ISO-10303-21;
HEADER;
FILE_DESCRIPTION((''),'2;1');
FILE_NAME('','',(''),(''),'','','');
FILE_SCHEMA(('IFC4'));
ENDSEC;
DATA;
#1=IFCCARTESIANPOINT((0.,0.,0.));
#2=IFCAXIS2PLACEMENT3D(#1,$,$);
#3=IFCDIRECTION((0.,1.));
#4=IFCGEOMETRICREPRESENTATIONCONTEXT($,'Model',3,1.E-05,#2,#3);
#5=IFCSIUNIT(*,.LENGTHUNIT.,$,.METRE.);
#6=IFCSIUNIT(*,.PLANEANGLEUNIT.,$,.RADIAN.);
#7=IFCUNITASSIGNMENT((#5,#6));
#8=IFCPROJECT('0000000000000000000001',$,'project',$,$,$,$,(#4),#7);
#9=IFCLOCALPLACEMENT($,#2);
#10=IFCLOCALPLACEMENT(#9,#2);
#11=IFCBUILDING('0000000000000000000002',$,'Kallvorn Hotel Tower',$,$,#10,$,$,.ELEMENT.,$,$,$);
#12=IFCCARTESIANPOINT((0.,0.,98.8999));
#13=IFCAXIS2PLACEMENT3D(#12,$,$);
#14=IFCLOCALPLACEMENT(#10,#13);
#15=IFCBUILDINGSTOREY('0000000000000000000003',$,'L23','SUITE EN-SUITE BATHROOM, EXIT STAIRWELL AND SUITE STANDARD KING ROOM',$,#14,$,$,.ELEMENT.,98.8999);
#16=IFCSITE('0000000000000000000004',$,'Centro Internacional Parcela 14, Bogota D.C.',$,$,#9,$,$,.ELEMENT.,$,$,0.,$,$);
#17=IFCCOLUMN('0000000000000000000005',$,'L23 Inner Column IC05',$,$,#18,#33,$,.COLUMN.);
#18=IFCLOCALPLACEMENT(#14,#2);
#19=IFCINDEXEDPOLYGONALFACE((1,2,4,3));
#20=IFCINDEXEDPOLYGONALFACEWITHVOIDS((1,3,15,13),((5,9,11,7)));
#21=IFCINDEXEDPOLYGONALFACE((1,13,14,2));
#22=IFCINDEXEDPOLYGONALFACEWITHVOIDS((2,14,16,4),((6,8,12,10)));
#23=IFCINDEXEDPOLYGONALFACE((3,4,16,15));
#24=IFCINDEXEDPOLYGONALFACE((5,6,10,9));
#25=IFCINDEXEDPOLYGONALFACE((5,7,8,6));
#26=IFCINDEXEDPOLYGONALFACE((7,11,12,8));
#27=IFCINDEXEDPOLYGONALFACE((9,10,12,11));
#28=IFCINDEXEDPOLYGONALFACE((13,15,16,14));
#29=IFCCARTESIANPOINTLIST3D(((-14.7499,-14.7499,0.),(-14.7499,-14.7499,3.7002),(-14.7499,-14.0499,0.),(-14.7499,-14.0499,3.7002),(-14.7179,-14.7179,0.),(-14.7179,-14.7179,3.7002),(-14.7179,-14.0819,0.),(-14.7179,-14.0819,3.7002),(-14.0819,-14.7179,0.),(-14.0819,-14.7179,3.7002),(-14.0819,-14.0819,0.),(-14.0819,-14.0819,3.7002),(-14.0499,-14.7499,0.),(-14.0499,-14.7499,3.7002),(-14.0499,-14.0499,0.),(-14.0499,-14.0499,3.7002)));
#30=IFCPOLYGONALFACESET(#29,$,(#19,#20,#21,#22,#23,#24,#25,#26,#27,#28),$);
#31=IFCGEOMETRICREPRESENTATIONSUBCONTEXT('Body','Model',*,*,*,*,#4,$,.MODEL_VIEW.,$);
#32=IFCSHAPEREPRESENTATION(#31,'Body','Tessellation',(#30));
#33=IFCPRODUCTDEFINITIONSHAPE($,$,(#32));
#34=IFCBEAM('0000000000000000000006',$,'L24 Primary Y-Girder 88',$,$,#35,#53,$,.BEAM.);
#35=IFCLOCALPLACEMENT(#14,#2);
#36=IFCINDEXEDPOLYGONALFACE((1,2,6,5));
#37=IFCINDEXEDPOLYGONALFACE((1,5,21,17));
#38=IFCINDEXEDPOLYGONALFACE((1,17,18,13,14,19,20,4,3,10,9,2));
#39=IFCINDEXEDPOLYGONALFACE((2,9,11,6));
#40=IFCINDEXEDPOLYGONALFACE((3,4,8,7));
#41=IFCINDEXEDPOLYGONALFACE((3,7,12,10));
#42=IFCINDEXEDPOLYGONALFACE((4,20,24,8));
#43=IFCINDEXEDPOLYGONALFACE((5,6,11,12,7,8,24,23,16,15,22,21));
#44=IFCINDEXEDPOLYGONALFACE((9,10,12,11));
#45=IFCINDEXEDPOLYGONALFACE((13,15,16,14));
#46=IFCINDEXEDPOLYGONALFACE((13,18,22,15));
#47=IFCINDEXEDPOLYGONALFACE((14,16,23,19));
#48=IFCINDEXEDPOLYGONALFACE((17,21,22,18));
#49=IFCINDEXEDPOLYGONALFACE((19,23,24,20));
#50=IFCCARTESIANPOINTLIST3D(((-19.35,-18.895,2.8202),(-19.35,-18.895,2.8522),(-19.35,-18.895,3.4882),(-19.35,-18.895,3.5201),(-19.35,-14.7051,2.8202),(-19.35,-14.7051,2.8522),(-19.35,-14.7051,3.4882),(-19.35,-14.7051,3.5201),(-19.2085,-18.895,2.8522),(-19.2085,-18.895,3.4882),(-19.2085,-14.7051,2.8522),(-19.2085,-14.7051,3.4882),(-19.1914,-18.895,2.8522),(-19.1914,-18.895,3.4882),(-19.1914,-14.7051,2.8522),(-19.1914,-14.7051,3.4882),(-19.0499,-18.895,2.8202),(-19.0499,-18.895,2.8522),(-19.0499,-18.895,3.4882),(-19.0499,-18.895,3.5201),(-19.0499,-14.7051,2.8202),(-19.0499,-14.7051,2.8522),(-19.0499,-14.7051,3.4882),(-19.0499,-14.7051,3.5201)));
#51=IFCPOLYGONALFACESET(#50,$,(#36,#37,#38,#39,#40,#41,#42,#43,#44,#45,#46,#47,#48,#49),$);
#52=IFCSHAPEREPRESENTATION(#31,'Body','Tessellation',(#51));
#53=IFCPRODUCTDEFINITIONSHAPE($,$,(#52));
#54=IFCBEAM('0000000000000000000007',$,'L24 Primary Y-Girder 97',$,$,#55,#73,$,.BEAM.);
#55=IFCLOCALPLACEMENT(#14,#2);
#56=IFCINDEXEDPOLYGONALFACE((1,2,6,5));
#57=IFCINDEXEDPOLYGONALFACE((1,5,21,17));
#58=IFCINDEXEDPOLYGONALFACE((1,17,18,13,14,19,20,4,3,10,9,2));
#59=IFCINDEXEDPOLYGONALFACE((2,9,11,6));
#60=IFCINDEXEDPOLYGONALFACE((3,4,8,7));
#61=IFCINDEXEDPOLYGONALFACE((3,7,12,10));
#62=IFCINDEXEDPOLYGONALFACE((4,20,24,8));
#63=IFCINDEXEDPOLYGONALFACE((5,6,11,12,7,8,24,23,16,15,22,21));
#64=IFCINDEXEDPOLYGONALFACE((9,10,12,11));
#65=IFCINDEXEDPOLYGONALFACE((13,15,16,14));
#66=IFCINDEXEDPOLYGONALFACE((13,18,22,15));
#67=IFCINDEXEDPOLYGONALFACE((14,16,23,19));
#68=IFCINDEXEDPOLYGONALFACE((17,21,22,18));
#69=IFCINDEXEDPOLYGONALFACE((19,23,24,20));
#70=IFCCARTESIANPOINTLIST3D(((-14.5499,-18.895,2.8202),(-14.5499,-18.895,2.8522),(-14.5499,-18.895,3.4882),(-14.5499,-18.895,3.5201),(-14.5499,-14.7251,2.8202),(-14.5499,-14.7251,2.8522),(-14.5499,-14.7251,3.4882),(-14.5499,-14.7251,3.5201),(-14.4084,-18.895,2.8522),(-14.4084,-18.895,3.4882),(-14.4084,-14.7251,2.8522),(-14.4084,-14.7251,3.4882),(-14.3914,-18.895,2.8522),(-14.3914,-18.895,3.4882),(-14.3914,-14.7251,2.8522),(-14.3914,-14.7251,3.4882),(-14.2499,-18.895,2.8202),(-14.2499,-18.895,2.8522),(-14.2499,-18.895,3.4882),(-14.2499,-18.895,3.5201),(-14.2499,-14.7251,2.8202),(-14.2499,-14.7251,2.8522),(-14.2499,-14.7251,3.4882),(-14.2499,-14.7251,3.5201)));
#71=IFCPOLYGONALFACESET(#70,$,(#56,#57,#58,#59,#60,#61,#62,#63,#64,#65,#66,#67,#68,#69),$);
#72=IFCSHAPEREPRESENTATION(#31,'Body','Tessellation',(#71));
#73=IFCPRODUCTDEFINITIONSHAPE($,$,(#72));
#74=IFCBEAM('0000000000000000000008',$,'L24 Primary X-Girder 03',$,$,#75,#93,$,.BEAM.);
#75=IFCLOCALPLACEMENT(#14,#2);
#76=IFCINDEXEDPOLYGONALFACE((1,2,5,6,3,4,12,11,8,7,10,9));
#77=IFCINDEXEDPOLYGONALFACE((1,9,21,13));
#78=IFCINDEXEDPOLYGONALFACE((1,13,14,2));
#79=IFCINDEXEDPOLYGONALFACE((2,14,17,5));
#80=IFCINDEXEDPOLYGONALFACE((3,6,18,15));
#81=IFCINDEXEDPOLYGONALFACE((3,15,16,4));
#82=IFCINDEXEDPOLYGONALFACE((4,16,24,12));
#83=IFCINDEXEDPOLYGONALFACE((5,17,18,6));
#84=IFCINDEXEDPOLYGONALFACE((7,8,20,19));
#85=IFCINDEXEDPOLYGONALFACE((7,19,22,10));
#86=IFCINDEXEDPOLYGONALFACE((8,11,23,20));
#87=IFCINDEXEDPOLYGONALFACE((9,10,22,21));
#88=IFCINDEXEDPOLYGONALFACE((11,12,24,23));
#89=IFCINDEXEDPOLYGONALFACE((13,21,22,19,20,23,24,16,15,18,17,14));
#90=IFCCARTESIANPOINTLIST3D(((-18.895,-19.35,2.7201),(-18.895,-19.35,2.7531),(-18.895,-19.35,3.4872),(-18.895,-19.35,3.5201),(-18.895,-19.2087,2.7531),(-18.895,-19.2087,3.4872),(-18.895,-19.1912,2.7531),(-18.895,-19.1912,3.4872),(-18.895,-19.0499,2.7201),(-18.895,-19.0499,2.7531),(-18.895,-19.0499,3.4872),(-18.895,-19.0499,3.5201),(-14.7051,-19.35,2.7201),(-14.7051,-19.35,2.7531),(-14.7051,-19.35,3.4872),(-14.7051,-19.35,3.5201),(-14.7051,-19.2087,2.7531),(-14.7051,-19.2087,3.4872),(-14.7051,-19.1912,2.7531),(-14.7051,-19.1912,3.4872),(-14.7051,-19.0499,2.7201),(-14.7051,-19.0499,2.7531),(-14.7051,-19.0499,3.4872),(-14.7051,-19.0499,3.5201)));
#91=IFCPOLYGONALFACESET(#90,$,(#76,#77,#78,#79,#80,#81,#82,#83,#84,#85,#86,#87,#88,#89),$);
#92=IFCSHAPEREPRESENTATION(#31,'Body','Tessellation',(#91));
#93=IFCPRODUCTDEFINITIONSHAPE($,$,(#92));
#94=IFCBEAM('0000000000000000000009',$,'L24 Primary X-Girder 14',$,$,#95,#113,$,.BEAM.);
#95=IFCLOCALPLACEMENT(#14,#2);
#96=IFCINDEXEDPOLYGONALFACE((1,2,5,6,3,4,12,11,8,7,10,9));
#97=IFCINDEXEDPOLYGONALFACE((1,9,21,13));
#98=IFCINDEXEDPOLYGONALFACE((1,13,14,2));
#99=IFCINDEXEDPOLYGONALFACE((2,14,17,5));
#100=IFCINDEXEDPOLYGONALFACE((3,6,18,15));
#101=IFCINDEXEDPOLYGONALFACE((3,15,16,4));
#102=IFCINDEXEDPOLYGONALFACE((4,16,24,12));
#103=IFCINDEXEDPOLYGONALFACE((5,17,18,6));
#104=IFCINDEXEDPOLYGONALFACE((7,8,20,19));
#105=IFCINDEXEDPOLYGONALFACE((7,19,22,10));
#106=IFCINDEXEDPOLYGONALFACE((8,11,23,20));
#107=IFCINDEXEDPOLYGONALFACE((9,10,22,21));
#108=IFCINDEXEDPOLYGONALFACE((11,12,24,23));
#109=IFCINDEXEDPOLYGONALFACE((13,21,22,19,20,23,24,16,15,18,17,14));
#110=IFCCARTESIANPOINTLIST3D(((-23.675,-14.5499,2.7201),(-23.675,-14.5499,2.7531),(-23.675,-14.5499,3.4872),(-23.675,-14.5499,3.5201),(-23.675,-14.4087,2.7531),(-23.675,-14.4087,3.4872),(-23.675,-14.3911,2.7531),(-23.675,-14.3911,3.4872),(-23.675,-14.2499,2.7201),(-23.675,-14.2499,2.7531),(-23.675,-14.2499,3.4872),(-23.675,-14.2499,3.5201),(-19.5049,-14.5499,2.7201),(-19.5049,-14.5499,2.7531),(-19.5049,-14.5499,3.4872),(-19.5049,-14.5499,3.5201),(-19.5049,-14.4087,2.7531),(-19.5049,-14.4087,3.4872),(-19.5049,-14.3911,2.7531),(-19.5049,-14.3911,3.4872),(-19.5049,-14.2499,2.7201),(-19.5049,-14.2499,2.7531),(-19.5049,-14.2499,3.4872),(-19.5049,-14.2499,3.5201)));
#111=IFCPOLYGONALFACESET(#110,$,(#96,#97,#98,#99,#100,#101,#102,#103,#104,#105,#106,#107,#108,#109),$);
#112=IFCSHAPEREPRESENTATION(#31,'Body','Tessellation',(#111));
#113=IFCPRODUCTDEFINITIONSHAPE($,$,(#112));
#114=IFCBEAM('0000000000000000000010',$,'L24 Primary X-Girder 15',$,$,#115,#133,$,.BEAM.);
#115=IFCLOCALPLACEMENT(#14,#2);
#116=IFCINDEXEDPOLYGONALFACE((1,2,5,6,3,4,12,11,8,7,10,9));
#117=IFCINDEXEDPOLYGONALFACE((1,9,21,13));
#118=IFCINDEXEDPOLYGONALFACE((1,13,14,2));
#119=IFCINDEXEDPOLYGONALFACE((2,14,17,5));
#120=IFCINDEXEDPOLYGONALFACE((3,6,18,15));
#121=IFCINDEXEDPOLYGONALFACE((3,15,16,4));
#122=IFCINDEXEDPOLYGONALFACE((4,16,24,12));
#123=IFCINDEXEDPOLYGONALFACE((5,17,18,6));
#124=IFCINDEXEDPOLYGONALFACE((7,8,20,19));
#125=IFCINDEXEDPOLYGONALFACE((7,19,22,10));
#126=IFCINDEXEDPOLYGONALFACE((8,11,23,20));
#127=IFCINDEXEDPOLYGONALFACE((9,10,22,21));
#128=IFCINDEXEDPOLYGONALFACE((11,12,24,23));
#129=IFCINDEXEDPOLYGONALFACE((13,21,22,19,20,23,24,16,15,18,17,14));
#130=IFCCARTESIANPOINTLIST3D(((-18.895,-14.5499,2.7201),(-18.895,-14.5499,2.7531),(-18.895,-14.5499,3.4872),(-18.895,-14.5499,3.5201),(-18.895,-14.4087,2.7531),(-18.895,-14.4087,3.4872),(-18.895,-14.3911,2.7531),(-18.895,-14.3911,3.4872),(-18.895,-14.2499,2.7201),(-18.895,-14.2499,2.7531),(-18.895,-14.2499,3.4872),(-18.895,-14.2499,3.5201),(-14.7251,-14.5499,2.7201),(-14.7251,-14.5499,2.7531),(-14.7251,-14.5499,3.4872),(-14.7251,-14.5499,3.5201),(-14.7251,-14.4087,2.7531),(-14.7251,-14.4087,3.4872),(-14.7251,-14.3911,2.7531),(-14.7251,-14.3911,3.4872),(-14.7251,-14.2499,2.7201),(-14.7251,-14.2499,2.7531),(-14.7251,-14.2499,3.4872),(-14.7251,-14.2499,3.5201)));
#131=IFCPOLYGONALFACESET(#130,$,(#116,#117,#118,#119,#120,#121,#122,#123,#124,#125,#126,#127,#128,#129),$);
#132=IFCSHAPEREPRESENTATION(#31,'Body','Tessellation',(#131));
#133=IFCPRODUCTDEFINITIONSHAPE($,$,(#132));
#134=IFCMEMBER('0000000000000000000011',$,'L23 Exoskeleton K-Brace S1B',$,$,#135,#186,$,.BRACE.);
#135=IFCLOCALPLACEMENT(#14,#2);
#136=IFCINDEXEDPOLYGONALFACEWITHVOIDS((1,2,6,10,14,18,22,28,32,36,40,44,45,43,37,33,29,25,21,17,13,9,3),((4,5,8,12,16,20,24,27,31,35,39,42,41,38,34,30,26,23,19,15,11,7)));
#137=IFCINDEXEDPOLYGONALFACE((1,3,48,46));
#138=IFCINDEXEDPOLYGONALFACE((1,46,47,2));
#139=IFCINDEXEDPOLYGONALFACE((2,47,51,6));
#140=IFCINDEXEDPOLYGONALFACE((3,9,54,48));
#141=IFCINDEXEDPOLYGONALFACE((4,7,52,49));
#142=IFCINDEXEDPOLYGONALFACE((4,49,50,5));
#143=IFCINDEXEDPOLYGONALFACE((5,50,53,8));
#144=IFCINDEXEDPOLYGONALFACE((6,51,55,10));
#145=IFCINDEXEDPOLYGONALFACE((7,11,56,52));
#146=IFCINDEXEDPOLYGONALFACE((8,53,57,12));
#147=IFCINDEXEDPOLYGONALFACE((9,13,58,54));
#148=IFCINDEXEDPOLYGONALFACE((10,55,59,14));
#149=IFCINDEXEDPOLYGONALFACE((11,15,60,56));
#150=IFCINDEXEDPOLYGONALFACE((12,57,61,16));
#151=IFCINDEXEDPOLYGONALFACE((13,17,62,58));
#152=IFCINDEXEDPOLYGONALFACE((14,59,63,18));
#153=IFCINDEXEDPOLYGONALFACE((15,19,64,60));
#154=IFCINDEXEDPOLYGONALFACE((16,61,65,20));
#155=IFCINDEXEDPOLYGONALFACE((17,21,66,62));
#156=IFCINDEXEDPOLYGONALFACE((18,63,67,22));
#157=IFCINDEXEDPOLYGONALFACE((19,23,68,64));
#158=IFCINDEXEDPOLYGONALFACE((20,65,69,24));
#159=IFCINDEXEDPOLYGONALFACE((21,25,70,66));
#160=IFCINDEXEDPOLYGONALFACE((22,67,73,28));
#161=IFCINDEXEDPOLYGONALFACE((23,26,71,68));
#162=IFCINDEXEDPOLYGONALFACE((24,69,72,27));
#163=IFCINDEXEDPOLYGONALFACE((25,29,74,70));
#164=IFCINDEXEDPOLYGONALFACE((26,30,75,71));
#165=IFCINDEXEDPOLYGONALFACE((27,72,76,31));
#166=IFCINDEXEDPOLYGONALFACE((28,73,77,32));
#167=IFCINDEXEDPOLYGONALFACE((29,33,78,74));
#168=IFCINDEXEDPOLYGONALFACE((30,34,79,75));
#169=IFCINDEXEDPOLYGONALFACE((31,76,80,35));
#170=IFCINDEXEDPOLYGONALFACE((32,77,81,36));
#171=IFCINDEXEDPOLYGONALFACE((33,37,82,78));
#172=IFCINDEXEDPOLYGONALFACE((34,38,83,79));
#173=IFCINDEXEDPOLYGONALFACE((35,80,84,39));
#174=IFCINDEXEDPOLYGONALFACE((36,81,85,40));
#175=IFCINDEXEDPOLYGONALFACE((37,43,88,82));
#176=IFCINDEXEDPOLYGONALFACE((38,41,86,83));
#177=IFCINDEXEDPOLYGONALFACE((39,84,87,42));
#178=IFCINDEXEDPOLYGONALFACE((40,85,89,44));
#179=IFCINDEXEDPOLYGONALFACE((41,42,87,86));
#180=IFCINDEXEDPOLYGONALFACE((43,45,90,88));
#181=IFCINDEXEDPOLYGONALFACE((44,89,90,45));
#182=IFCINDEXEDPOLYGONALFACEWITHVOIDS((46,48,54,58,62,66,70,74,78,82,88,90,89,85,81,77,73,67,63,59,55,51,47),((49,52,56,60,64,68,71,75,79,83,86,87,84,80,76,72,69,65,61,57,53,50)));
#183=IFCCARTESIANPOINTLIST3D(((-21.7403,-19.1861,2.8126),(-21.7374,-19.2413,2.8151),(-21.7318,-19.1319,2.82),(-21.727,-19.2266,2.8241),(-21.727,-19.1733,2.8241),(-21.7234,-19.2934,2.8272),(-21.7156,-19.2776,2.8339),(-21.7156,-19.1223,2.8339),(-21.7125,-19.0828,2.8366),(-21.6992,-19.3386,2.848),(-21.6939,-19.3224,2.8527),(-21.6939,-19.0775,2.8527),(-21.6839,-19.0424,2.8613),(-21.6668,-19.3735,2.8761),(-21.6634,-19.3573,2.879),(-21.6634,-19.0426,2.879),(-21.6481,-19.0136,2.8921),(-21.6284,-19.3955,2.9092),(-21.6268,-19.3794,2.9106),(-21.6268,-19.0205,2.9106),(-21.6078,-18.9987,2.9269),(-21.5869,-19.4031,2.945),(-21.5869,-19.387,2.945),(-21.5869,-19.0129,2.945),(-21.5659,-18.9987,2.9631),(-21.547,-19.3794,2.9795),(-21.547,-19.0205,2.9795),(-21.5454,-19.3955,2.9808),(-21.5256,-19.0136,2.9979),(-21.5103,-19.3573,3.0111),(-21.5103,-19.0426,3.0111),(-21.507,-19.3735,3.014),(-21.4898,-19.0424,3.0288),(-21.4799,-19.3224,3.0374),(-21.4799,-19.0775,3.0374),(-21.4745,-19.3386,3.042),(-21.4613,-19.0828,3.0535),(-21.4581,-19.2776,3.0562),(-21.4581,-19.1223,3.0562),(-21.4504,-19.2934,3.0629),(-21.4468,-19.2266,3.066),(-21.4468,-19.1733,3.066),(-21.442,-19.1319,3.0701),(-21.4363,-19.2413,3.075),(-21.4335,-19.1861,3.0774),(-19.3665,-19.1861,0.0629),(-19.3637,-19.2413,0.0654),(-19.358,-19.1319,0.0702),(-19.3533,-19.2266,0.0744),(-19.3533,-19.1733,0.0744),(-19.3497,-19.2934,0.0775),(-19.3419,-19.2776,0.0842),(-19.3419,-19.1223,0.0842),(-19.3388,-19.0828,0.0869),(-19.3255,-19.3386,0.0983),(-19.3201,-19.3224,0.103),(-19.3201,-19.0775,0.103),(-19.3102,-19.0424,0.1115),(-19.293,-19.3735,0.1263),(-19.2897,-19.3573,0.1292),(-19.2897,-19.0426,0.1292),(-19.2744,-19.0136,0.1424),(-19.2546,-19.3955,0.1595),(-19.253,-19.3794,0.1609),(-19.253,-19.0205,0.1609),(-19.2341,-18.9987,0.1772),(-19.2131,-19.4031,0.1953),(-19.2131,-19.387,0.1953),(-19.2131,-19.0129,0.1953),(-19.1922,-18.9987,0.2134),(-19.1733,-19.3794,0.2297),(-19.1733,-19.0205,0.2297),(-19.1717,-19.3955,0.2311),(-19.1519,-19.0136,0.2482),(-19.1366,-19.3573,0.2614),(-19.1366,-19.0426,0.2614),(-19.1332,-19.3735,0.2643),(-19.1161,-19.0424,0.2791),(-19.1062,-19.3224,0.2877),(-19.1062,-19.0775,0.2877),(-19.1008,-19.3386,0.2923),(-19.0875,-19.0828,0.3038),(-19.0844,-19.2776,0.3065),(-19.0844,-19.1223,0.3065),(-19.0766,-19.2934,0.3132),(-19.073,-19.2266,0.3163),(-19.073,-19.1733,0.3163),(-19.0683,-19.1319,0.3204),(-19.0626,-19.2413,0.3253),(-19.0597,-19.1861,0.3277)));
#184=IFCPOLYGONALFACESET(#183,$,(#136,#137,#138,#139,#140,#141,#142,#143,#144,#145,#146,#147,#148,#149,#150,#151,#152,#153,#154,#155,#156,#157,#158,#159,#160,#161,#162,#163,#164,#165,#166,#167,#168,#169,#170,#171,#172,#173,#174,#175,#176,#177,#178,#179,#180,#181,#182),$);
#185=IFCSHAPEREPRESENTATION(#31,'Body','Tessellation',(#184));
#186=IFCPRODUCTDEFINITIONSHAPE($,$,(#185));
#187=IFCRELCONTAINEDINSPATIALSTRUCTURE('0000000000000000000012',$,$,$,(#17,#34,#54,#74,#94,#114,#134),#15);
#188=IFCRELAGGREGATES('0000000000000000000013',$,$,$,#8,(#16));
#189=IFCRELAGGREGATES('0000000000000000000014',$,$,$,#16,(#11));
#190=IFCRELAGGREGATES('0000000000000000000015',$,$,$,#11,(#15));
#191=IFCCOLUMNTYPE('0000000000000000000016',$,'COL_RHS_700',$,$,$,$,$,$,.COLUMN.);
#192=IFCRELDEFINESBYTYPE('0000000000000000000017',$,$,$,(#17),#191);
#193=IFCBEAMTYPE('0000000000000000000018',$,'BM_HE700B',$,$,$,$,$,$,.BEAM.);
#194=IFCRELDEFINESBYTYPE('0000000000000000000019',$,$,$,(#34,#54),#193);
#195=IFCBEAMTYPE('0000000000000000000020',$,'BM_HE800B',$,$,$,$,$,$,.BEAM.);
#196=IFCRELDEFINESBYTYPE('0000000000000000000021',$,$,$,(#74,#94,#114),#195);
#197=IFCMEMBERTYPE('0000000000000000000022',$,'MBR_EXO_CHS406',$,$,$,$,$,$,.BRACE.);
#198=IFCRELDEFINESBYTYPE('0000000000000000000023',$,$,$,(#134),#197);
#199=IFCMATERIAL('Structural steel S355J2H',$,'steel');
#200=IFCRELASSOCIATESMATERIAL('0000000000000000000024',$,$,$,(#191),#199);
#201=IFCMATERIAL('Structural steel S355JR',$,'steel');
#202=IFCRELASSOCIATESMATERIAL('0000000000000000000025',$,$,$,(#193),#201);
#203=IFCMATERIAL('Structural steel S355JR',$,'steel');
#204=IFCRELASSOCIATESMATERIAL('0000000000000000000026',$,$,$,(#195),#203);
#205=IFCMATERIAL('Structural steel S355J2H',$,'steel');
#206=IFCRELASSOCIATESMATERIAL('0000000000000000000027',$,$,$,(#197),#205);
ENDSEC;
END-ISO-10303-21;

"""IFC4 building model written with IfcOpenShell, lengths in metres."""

from ifc_helpers import new_model, si_unit, direction, frame, origin, origin_2d, place, context, subcontext, project, spatial, hollow_rectangle, hollow_circle, i_section, extrude, material, material_profile, profile_set, type_object, element, save


model = new_model("IFC4")

# Units and contexts
model_context = context("Model", 3, precision=1e-05, world=origin(), true_north=direction((0.0, 1.0)))
body_context = subcontext(model_context, "Body", "Model", "MODEL_VIEW")
ifc_project = project(units=[si_unit("LENGTHUNIT", "METRE"), si_unit("PLANEANGLEUNIT", "RADIAN")], contexts=[model_context])

# Site, building, storey
site_placement = place(None, origin())
site = spatial("IfcSite", under=ifc_project, at=site_placement, Name="Centro Internacional Parcela 14, Bogota D.C.", CompositionType="ELEMENT", RefElevation=0.0)
building_placement = place(site_placement, origin())
building = spatial("IfcBuilding", under=site, at=building_placement, Name="Kallvorn Hotel Tower", CompositionType="ELEMENT")
storey_placement = place(building_placement, frame((0.0, 0.0, 98.8999)))
storey = spatial("IfcBuildingStorey", under=building, at=storey_placement, Name="L23", Description="SUITE EN-SUITE BATHROOM, EXIT STAIRWELL AND SUITE STANDARD KING ROOM", CompositionType="ELEMENT", Elevation=98.8999)

# Column
ifc_material_1 = material(Name="Structural steel S355J2H", Category="steel")
ifc_material_profile_1 = material_profile(ifc_material_1, hollow_rectangle(XDim=0.7, YDim=0.7, WallThickness=0.032, at=origin_2d()), Name="RHS 700x700x32")
ifc_profile_set_1 = profile_set([ifc_material_profile_1], Name="Structural steel S355J2H")
column_type_1 = type_object("IfcColumnType", Name="COL_RHS_700", PredefinedType="COLUMN", material=ifc_profile_set_1)
column_placement = place(storey_placement, frame((-14.3999, -14.3999, 0.0), z_axis=(0.0, 0.0, 1.0), x_axis=(1.0, 0.0, 0.0)))
element("IfcColumn", 1, at=column_placement, inside=storey, type_object=column_type_1, Name="L23 Inner Column IC05", PredefinedType="COLUMN", context=body_context, shape_type="SweptSolid", body=[
    extrude(hollow_rectangle(XDim=0.7, YDim=0.7, WallThickness=0.032, at=origin_2d()), origin(), (0.0, 0.0, 1.0), 3.7002),
])

# Beams
ifc_material_2 = material(Name="Structural steel S355JR", Category="steel")
ifc_material_profile_2 = material_profile(ifc_material_2, i_section(OverallWidth=0.3, OverallDepth=0.7, WebThickness=0.0171, FlangeThickness=0.032, at=origin_2d()), Name="HE 700 B")
ifc_profile_set_2 = profile_set([ifc_material_profile_2], Name="Structural steel S355JR")
beam_type_1 = type_object("IfcBeamType", Name="BM_HE700B", PredefinedType="BEAM", material=ifc_profile_set_2)
beam_1_placement = place(storey_placement, frame((-19.2, -18.895, 3.1702), z_axis=(0.0, 1.0, 0.0), x_axis=(-1.0, 0.0, 0.0)))
element("IfcBeam", 2, at=beam_1_placement, inside=storey, type_object=beam_type_1, Name="L24 Primary Y-Girder 88", PredefinedType="BEAM", context=body_context, shape_type="SweptSolid", body=[
    extrude(i_section(OverallWidth=0.3, OverallDepth=0.7, WebThickness=0.0171, FlangeThickness=0.032, at=origin_2d()), origin(), (0.0, 0.0, 1.0), 4.1899),
])
beam_2_placement = place(storey_placement, frame((-14.3999, -18.895, 3.1702), z_axis=(0.0, 1.0, 0.0), x_axis=(-1.0, 0.0, 0.0)))
element("IfcBeam", 3, at=beam_2_placement, inside=storey, type_object=beam_type_1, Name="L24 Primary Y-Girder 97", PredefinedType="BEAM", context=body_context, shape_type="SweptSolid", body=[
    extrude(i_section(OverallWidth=0.3, OverallDepth=0.7, WebThickness=0.0171, FlangeThickness=0.032, at=origin_2d()), origin(), (0.0, 0.0, 1.0), 4.1699),
])
ifc_material_3 = material(Name="Structural steel S355JR", Category="steel")
ifc_material_profile_3 = material_profile(ifc_material_3, i_section(OverallWidth=0.3, OverallDepth=0.8, WebThickness=0.0176, FlangeThickness=0.033, at=origin_2d()), Name="HE 800 B")
ifc_profile_set_3 = profile_set([ifc_material_profile_3], Name="Structural steel S355JR")
beam_type_2 = type_object("IfcBeamType", Name="BM_HE800B", PredefinedType="BEAM", material=ifc_profile_set_3)
beam_3_placement = place(storey_placement, frame((-18.895, -19.2, 3.1201), z_axis=(1.0, 0.0, 0.0), x_axis=(0.0, 1.0, 0.0)))
element("IfcBeam", 4, at=beam_3_placement, inside=storey, type_object=beam_type_2, Name="L24 Primary X-Girder 03", PredefinedType="BEAM", context=body_context, shape_type="SweptSolid", body=[
    extrude(i_section(OverallWidth=0.3, OverallDepth=0.8, WebThickness=0.0176, FlangeThickness=0.033, at=origin_2d()), origin(), (0.0, 0.0, 1.0), 4.1899),
])
beam_4_placement = place(storey_placement, frame((-23.675, -14.3999, 3.1201), z_axis=(1.0, 0.0, 0.0), x_axis=(0.0, 1.0, 0.0)))
element("IfcBeam", 5, at=beam_4_placement, inside=storey, type_object=beam_type_2, Name="L24 Primary X-Girder 14", PredefinedType="BEAM", context=body_context, shape_type="SweptSolid", body=[
    extrude(i_section(OverallWidth=0.3, OverallDepth=0.8, WebThickness=0.0176, FlangeThickness=0.033, at=origin_2d()), origin(), (0.0, 0.0, 1.0), 4.1702),
])
beam_5_placement = place(storey_placement, frame((-18.895, -14.3999, 3.1201), z_axis=(1.0, 0.0, 0.0), x_axis=(0.0, 1.0, 0.0)))
element("IfcBeam", 6, at=beam_5_placement, inside=storey, type_object=beam_type_2, Name="L24 Primary X-Girder 15", PredefinedType="BEAM", context=body_context, shape_type="SweptSolid", body=[
    extrude(i_section(OverallWidth=0.3, OverallDepth=0.8, WebThickness=0.0176, FlangeThickness=0.033, at=origin_2d()), origin(), (0.0, 0.0, 1.0), 4.1699),
])

# Member
ifc_material_4 = material(Name="Structural steel S355J2H", Category="steel")
ifc_material_profile_4 = material_profile(ifc_material_4, hollow_circle(Radius=0.2031, WallThickness=0.0161, at=origin_2d()), Name="CHS 406.4x16")
ifc_profile_set_4 = profile_set([ifc_material_profile_4], Name="Structural steel S355J2H")
member_type = type_object("IfcMemberType", Name="MBR_EXO_CHS406", PredefinedType="BRACE", material=ifc_profile_set_4)
member_placement = place(storey_placement, frame((-19.2131, -19.2, 0.1953), z_axis=(-0.653461, 0.0, 0.756961), x_axis=(0.0, -1.0, 0.0)))
element("IfcMember", 7, at=member_placement, inside=storey, type_object=member_type, Name="L23 Exoskeleton K-Brace S1B", PredefinedType="BRACE", context=body_context, shape_type="SweptSolid", body=[
    extrude(hollow_circle(Radius=0.2031, WallThickness=0.0161, at=origin_2d()), origin(), (0.0, 0.0, 1.0), 3.6326),
])

save(model, "model.ifc")
